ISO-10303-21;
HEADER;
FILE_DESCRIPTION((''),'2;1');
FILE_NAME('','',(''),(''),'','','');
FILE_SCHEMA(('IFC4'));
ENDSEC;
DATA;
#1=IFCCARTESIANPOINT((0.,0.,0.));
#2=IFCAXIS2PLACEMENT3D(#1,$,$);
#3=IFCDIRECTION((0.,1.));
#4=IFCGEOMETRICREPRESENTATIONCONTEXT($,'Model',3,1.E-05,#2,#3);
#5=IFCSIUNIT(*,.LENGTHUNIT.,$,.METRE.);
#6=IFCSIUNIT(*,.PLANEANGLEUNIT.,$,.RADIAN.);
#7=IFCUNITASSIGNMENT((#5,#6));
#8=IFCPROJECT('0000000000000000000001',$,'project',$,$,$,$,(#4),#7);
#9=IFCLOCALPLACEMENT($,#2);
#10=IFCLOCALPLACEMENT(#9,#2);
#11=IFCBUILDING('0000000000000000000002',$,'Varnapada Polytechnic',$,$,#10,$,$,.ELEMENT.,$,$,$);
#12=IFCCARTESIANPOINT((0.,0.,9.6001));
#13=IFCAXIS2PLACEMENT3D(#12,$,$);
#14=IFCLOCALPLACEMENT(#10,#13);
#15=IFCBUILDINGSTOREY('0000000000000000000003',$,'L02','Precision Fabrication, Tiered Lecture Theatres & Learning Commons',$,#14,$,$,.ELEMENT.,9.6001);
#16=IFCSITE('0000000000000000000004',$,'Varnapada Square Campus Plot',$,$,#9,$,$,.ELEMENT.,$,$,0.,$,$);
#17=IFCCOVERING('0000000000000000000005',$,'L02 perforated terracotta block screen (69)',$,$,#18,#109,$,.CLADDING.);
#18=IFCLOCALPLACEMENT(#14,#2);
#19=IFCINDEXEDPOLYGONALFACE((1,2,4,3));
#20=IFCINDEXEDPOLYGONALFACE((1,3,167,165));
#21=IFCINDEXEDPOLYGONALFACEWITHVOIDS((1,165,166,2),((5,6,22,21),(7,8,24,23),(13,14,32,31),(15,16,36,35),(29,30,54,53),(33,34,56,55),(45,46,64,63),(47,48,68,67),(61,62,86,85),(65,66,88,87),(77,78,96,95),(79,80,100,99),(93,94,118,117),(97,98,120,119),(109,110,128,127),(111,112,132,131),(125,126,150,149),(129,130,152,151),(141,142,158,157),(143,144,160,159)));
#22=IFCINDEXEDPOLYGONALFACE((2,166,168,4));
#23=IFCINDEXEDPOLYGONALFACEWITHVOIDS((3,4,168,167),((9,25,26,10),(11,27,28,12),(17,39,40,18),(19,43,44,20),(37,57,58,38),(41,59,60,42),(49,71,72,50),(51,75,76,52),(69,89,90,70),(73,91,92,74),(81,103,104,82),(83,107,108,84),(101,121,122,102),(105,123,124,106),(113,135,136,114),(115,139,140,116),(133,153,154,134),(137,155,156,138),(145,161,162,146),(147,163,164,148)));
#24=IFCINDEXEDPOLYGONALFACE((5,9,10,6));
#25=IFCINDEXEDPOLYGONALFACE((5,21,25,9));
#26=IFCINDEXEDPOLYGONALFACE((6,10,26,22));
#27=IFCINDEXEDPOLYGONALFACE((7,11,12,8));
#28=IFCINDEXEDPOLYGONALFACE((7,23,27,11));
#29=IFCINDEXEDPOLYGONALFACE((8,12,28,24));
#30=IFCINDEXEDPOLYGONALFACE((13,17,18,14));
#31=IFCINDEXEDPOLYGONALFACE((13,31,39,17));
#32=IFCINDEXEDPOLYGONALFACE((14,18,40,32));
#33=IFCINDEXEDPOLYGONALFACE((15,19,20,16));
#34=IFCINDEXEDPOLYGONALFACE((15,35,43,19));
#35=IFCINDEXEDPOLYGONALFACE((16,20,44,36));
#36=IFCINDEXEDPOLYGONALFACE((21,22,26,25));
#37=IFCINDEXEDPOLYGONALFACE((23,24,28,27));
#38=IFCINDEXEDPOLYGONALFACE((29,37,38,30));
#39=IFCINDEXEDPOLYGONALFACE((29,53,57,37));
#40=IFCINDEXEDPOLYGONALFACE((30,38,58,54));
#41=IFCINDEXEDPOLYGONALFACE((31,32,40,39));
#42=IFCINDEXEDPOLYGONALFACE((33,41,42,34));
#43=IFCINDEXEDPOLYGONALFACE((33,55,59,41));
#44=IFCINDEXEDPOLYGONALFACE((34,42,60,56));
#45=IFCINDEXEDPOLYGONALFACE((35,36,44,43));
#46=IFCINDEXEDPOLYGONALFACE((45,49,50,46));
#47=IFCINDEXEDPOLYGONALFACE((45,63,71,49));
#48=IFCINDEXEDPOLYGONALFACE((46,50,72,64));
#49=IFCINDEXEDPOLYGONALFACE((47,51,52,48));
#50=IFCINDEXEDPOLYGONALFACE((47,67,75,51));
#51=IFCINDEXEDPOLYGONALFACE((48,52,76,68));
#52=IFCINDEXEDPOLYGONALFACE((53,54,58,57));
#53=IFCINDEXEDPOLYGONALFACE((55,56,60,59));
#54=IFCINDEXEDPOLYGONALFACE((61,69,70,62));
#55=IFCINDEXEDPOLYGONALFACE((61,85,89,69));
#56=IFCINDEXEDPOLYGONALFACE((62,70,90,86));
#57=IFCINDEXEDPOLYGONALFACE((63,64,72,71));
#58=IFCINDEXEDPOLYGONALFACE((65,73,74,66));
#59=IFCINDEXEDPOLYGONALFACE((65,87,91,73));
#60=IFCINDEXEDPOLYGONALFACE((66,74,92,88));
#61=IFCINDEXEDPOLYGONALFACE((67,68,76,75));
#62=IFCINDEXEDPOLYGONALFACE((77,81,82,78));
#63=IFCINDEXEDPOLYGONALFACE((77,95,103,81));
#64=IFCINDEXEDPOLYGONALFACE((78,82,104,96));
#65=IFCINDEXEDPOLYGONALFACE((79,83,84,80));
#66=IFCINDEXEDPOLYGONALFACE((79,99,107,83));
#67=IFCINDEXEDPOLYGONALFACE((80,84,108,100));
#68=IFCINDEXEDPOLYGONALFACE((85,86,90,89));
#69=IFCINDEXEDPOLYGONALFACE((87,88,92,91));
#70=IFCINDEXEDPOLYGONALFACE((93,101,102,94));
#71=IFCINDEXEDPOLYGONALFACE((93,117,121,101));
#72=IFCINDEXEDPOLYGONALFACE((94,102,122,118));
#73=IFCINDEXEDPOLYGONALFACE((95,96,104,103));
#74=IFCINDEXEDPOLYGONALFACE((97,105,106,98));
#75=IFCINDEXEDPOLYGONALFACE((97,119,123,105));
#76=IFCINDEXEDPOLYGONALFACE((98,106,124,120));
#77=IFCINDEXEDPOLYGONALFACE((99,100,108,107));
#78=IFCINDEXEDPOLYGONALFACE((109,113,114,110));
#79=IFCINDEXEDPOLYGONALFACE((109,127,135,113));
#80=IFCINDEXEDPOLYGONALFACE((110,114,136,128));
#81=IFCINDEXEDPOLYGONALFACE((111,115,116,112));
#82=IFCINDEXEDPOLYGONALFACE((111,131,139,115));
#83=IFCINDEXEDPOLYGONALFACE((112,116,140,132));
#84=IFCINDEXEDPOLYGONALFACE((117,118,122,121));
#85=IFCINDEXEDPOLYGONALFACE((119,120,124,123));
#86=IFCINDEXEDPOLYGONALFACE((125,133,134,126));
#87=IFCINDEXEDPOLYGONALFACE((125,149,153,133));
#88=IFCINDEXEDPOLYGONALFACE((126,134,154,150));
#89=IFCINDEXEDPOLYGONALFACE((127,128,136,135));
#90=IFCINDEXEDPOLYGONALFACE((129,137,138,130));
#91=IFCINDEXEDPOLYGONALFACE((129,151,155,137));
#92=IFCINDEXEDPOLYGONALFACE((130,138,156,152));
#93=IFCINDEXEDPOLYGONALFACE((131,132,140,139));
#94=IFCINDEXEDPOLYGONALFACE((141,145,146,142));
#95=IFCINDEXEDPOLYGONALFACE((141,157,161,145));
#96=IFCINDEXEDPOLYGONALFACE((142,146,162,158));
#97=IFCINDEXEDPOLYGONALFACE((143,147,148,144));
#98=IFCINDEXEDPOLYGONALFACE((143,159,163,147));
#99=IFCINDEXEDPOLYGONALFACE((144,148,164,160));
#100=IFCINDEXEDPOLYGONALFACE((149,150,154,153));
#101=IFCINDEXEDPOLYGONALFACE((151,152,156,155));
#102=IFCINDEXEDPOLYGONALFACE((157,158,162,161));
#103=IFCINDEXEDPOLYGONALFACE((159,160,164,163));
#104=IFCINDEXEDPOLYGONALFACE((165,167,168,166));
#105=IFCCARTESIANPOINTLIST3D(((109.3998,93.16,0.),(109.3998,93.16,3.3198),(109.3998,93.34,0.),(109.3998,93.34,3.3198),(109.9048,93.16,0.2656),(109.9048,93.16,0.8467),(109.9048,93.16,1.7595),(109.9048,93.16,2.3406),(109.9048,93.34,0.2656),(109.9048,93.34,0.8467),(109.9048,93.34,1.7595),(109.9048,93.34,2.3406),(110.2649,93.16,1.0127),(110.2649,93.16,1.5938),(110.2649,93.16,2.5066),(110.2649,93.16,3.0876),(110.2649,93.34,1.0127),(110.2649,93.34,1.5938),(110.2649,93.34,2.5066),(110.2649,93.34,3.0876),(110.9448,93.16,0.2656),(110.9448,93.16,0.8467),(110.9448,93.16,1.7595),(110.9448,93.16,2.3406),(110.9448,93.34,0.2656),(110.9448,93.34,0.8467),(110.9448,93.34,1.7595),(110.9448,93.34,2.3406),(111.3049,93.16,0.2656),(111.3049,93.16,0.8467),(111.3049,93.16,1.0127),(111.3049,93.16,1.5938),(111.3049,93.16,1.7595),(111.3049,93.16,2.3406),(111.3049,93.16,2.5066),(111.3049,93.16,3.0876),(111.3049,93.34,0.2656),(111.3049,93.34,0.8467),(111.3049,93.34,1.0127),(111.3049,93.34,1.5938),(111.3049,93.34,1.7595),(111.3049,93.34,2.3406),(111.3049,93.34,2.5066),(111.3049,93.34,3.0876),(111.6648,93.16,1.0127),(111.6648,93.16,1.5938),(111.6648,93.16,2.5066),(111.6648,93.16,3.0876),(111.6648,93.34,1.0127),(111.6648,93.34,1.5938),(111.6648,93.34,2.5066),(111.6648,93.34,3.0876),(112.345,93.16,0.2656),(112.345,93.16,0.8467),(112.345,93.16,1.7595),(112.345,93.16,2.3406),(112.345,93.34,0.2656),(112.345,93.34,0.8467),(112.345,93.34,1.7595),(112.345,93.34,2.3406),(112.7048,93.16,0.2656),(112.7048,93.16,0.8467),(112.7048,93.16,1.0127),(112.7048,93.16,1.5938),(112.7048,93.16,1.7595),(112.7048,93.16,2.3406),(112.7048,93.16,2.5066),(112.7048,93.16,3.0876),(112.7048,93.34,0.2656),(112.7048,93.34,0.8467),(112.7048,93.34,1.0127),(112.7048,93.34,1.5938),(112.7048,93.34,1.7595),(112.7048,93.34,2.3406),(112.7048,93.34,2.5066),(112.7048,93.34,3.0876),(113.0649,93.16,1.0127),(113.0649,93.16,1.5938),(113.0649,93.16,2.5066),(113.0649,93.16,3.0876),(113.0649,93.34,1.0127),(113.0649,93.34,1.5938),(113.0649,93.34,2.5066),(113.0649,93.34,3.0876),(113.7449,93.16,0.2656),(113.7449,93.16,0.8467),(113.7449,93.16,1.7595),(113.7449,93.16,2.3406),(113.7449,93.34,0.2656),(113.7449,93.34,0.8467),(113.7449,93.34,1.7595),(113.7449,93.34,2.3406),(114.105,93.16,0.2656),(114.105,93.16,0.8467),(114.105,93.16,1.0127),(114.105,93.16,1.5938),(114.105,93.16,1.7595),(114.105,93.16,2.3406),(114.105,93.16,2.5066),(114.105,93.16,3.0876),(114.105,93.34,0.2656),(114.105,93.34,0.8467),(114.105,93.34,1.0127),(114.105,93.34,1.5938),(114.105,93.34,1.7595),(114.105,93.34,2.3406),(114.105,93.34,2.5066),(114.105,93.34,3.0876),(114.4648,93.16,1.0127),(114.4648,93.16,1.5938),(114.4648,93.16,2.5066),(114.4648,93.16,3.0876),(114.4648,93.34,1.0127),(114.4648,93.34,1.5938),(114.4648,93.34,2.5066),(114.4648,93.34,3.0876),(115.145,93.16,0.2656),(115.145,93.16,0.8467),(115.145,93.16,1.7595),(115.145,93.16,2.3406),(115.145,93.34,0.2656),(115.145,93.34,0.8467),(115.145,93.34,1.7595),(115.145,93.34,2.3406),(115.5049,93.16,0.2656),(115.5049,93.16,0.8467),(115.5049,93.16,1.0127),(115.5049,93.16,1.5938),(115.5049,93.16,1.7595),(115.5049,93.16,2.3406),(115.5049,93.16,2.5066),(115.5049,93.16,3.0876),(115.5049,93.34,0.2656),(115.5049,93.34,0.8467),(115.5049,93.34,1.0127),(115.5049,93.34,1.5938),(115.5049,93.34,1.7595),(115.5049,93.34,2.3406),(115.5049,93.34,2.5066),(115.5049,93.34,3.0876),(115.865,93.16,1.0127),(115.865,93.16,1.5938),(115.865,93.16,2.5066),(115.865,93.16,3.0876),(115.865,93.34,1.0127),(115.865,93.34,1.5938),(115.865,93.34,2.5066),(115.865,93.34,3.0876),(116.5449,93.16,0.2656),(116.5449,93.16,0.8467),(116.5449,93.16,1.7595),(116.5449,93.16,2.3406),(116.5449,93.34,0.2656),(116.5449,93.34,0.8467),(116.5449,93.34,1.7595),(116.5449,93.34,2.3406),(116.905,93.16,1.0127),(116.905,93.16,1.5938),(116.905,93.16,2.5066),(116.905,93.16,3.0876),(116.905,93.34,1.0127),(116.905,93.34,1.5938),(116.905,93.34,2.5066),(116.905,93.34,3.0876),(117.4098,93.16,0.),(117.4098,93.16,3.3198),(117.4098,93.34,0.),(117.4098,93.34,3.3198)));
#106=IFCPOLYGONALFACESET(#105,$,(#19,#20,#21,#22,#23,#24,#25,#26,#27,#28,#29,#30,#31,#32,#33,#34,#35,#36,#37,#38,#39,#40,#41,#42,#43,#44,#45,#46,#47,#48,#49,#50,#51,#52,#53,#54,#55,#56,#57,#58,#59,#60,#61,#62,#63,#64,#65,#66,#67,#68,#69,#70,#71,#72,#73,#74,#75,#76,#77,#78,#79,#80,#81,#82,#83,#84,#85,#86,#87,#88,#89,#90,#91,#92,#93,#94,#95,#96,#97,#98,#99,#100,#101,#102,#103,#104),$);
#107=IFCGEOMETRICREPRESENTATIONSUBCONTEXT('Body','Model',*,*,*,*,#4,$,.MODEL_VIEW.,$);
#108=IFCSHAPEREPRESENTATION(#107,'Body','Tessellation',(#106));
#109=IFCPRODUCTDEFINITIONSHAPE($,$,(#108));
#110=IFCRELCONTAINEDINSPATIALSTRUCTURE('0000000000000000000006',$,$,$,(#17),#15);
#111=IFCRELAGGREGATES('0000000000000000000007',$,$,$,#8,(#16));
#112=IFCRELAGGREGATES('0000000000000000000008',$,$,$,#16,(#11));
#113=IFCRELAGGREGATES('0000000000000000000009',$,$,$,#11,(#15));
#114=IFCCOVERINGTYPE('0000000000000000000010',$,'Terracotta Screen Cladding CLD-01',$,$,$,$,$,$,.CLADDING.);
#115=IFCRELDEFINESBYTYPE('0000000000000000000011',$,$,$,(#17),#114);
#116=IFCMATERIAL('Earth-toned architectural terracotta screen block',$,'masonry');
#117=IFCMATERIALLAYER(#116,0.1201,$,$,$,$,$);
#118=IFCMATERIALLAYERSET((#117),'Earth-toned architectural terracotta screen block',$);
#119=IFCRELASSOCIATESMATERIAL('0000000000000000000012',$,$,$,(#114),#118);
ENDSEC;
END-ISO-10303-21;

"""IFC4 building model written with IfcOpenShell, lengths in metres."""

from ifc_helpers import new_model, si_unit, direction, frame, frame_2d, origin, place, context, subcontext, project, spatial, rectangle, extrude, material, layer, layer_set, type_object, element, save


model = new_model("IFC4")

# Units and contexts
model_context = context("Model", 3, precision=1e-05, world=origin(), true_north=direction((0.0, 1.0)))
body_context = subcontext(model_context, "Body", "Model", "MODEL_VIEW")
ifc_project = project(units=[si_unit("LENGTHUNIT", "METRE"), si_unit("PLANEANGLEUNIT", "RADIAN")], contexts=[model_context])

# Site, building, storey
site_placement = place(None, origin())
site = spatial("IfcSite", under=ifc_project, at=site_placement, Name="Varnapada Square Campus Plot", CompositionType="ELEMENT", RefElevation=0.0)
building_placement = place(site_placement, origin())
building = spatial("IfcBuilding", under=site, at=building_placement, Name="Varnapada Polytechnic", CompositionType="ELEMENT")
storey_placement = place(building_placement, frame((0.0, 0.0, 9.6001)))
storey = spatial("IfcBuildingStorey", under=building, at=storey_placement, Name="L02", Description="Precision Fabrication, Tiered Lecture Theatres & Learning Commons", CompositionType="ELEMENT", Elevation=9.6001)

# Covering, openings
ifc_material_1 = material(Name="Earth-toned architectural terracotta screen block", Category="masonry")
ifc_layer_1 = layer(ifc_material_1, 0.1201)
ifc_layer_set_1 = layer_set([ifc_layer_1], Name="Earth-toned architectural terracotta screen block")
covering_type = type_object("IfcCoveringType", Name="Terracotta Screen Cladding CLD-01", PredefinedType="CLADDING", material=ifc_layer_set_1)
covering_placement = place(storey_placement, frame((109.3999, 93.25, 0.0), z_axis=(0.0, 0.0, 1.0), x_axis=(1.0, 0.0, 0.0)))
covering = element("IfcCovering", 1, at=covering_placement, inside=storey, type_object=covering_type, Name="L02 perforated terracotta block screen (69)", PredefinedType="CLADDING", context=body_context, shape_type="SweptSolid", body=[
    extrude(rectangle(XDim=8.01, YDim=0.1799, at=frame_2d((4.0049, 0.0))), origin(), (0.0, 0.0, 1.0), 3.3198),
])
opening_1_placement = place(covering_placement, frame((0.5049, 0.0, 0.2656)))
element("IfcOpeningElement", 2, at=opening_1_placement, cuts=covering, PredefinedType="OPENING", context=body_context, shape_type="SweptSolid", body=[
    extrude(rectangle(XDim=1.04, YDim=0.5811, at=frame_2d((0.52, 0.2905))), frame((0.0, 0.0999, 0.0), z_axis=(0.0, -1.0, 0.0), x_axis=(1.0, 0.0, 0.0)), (0.0, 0.0, 1.0), 0.2),
])
opening_2_placement = place(covering_placement, frame((1.905, 0.0, 0.2656)))
element("IfcOpeningElement", 3, at=opening_2_placement, cuts=covering, PredefinedType="OPENING", context=body_context, shape_type="SweptSolid", body=[
    extrude(rectangle(XDim=1.04, YDim=0.5811, at=frame_2d((0.52, 0.2905))), frame((0.0, 0.0999, 0.0), z_axis=(0.0, -1.0, 0.0), x_axis=(1.0, 0.0, 0.0)), (0.0, 0.0, 1.0), 0.2),
])
opening_3_placement = place(covering_placement, frame((3.3049, 0.0, 0.2656)))
element("IfcOpeningElement", 4, at=opening_3_placement, cuts=covering, PredefinedType="OPENING", context=body_context, shape_type="SweptSolid", body=[
    extrude(rectangle(XDim=1.04, YDim=0.5811, at=frame_2d((0.52, 0.2905))), frame((0.0, 0.0999, 0.0), z_axis=(0.0, -1.0, 0.0), x_axis=(1.0, 0.0, 0.0)), (0.0, 0.0, 1.0), 0.2),
])
opening_4_placement = place(covering_placement, frame((4.7051, 0.0, 0.2656)))
element("IfcOpeningElement", 5, at=opening_4_placement, cuts=covering, PredefinedType="OPENING", context=body_context, shape_type="SweptSolid", body=[
    extrude(rectangle(XDim=1.04, YDim=0.5811, at=frame_2d((0.52, 0.2905))), frame((0.0, 0.0999, 0.0), z_axis=(0.0, -1.0, 0.0), x_axis=(1.0, 0.0, 0.0)), (0.0, 0.0, 1.0), 0.2),
])
opening_5_placement = place(covering_placement, frame((6.105, 0.0, 0.2656)))
element("IfcOpeningElement", 6, at=opening_5_placement, cuts=covering, PredefinedType="OPENING", context=body_context, shape_type="SweptSolid", body=[
    extrude(rectangle(XDim=1.04, YDim=0.5811, at=frame_2d((0.52, 0.2905))), frame((0.0, 0.0999, 0.0), z_axis=(0.0, -1.0, 0.0), x_axis=(1.0, 0.0, 0.0)), (0.0, 0.0, 1.0), 0.2),
])
opening_6_placement = place(covering_placement, frame((0.865, 0.0, 1.0127)))
element("IfcOpeningElement", 7, at=opening_6_placement, cuts=covering, PredefinedType="OPENING", context=body_context, shape_type="SweptSolid", body=[
    extrude(rectangle(XDim=1.04, YDim=0.5811, at=frame_2d((0.52, 0.2905))), frame((0.0, 0.0999, 0.0), z_axis=(0.0, -1.0, 0.0), x_axis=(1.0, 0.0, 0.0)), (0.0, 0.0, 1.0), 0.2),
])
opening_7_placement = place(covering_placement, frame((2.2649, 0.0, 1.0127)))
element("IfcOpeningElement", 8, at=opening_7_placement, cuts=covering, PredefinedType="OPENING", context=body_context, shape_type="SweptSolid", body=[
    extrude(rectangle(XDim=1.04, YDim=0.5811, at=frame_2d((0.52, 0.2905))), frame((0.0, 0.0999, 0.0), z_axis=(0.0, -1.0, 0.0), x_axis=(1.0, 0.0, 0.0)), (0.0, 0.0, 1.0), 0.2),
])
opening_8_placement = place(covering_placement, frame((3.665, 0.0, 1.0127)))
element("IfcOpeningElement", 9, at=opening_8_placement, cuts=covering, PredefinedType="OPENING", context=body_context, shape_type="SweptSolid", body=[
    extrude(rectangle(XDim=1.04, YDim=0.5811, at=frame_2d((0.52, 0.2905))), frame((0.0, 0.0999, 0.0), z_axis=(0.0, -1.0, 0.0), x_axis=(1.0, 0.0, 0.0)), (0.0, 0.0, 1.0), 0.2),
])
opening_9_placement = place(covering_placement, frame((5.0649, 0.0, 1.0127)))
element("IfcOpeningElement", 10, at=opening_9_placement, cuts=covering, PredefinedType="OPENING", context=body_context, shape_type="SweptSolid", body=[
    extrude(rectangle(XDim=1.04, YDim=0.5811, at=frame_2d((0.52, 0.2905))), frame((0.0, 0.0999, 0.0), z_axis=(0.0, -1.0, 0.0), x_axis=(1.0, 0.0, 0.0)), (0.0, 0.0, 1.0), 0.2),
])
opening_10_placement = place(covering_placement, frame((6.4651, 0.0, 1.0127)))
element("IfcOpeningElement", 11, at=opening_10_placement, cuts=covering, PredefinedType="OPENING", context=body_context, shape_type="SweptSolid", body=[
    extrude(rectangle(XDim=1.04, YDim=0.5811, at=frame_2d((0.52, 0.2905))), frame((0.0, 0.0999, 0.0), z_axis=(0.0, -1.0, 0.0), x_axis=(1.0, 0.0, 0.0)), (0.0, 0.0, 1.0), 0.2),
])
opening_11_placement = place(covering_placement, frame((0.5049, 0.0, 1.7595)))
element("IfcOpeningElement", 12, at=opening_11_placement, cuts=covering, PredefinedType="OPENING", context=body_context, shape_type="SweptSolid", body=[
    extrude(rectangle(XDim=1.04, YDim=0.5811, at=frame_2d((0.52, 0.2905))), frame((0.0, 0.0999, 0.0), z_axis=(0.0, -1.0, 0.0), x_axis=(1.0, 0.0, 0.0)), (0.0, 0.0, 1.0), 0.2),
])
opening_12_placement = place(covering_placement, frame((1.905, 0.0, 1.7595)))
element("IfcOpeningElement", 13, at=opening_12_placement, cuts=covering, PredefinedType="OPENING", context=body_context, shape_type="SweptSolid", body=[
    extrude(rectangle(XDim=1.04, YDim=0.5811, at=frame_2d((0.52, 0.2905))), frame((0.0, 0.0999, 0.0), z_axis=(0.0, -1.0, 0.0), x_axis=(1.0, 0.0, 0.0)), (0.0, 0.0, 1.0), 0.2),
])
opening_13_placement = place(covering_placement, frame((3.3049, 0.0, 1.7595)))
element("IfcOpeningElement", 14, at=opening_13_placement, cuts=covering, PredefinedType="OPENING", context=body_context, shape_type="SweptSolid", body=[
    extrude(rectangle(XDim=1.04, YDim=0.5811, at=frame_2d((0.52, 0.2905))), frame((0.0, 0.0999, 0.0), z_axis=(0.0, -1.0, 0.0), x_axis=(1.0, 0.0, 0.0)), (0.0, 0.0, 1.0), 0.2),
])
opening_14_placement = place(covering_placement, frame((4.7051, 0.0, 1.7595)))
element("IfcOpeningElement", 15, at=opening_14_placement, cuts=covering, PredefinedType="OPENING", context=body_context, shape_type="SweptSolid", body=[
    extrude(rectangle(XDim=1.04, YDim=0.5811, at=frame_2d((0.52, 0.2905))), frame((0.0, 0.0999, 0.0), z_axis=(0.0, -1.0, 0.0), x_axis=(1.0, 0.0, 0.0)), (0.0, 0.0, 1.0), 0.2),
])
opening_15_placement = place(covering_placement, frame((6.105, 0.0, 1.7595)))
element("IfcOpeningElement", 16, at=opening_15_placement, cuts=covering, PredefinedType="OPENING", context=body_context, shape_type="SweptSolid", body=[
    extrude(rectangle(XDim=1.04, YDim=0.5811, at=frame_2d((0.52, 0.2905))), frame((0.0, 0.0999, 0.0), z_axis=(0.0, -1.0, 0.0), x_axis=(1.0, 0.0, 0.0)), (0.0, 0.0, 1.0), 0.2),
])
opening_16_placement = place(covering_placement, frame((0.865, 0.0, 2.5066)))
element("IfcOpeningElement", 17, at=opening_16_placement, cuts=covering, PredefinedType="OPENING", context=body_context, shape_type="SweptSolid", body=[
    extrude(rectangle(XDim=1.04, YDim=0.5811, at=frame_2d((0.52, 0.2905))), frame((0.0, 0.0999, 0.0), z_axis=(0.0, -1.0, 0.0), x_axis=(1.0, 0.0, 0.0)), (0.0, 0.0, 1.0), 0.2),
])
opening_17_placement = place(covering_placement, frame((2.2649, 0.0, 2.5066)))
element("IfcOpeningElement", 18, at=opening_17_placement, cuts=covering, PredefinedType="OPENING", context=body_context, shape_type="SweptSolid", body=[
    extrude(rectangle(XDim=1.04, YDim=0.5811, at=frame_2d((0.52, 0.2905))), frame((0.0, 0.0999, 0.0), z_axis=(0.0, -1.0, 0.0), x_axis=(1.0, 0.0, 0.0)), (0.0, 0.0, 1.0), 0.2),
])
opening_18_placement = place(covering_placement, frame((3.665, 0.0, 2.5066)))
element("IfcOpeningElement", 19, at=opening_18_placement, cuts=covering, PredefinedType="OPENING", context=body_context, shape_type="SweptSolid", body=[
    extrude(rectangle(XDim=1.04, YDim=0.5811, at=frame_2d((0.52, 0.2905))), frame((0.0, 0.0999, 0.0), z_axis=(0.0, -1.0, 0.0), x_axis=(1.0, 0.0, 0.0)), (0.0, 0.0, 1.0), 0.2),
])
opening_19_placement = place(covering_placement, frame((5.0649, 0.0, 2.5066)))
element("IfcOpeningElement", 20, at=opening_19_placement, cuts=covering, PredefinedType="OPENING", context=body_context, shape_type="SweptSolid", body=[
    extrude(rectangle(XDim=1.04, YDim=0.5811, at=frame_2d((0.52, 0.2905))), frame((0.0, 0.0999, 0.0), z_axis=(0.0, -1.0, 0.0), x_axis=(1.0, 0.0, 0.0)), (0.0, 0.0, 1.0), 0.2),
])
opening_20_placement = place(covering_placement, frame((6.4651, 0.0, 2.5066)))
element("IfcOpeningElement", 21, at=opening_20_placement, cuts=covering, PredefinedType="OPENING", context=body_context, shape_type="SweptSolid", body=[
    extrude(rectangle(XDim=1.04, YDim=0.5811, at=frame_2d((0.52, 0.2905))), frame((0.0, 0.0999, 0.0), z_axis=(0.0, -1.0, 0.0), x_axis=(1.0, 0.0, 0.0)), (0.0, 0.0, 1.0), 0.2),
])

save(model, "model.ifc")
